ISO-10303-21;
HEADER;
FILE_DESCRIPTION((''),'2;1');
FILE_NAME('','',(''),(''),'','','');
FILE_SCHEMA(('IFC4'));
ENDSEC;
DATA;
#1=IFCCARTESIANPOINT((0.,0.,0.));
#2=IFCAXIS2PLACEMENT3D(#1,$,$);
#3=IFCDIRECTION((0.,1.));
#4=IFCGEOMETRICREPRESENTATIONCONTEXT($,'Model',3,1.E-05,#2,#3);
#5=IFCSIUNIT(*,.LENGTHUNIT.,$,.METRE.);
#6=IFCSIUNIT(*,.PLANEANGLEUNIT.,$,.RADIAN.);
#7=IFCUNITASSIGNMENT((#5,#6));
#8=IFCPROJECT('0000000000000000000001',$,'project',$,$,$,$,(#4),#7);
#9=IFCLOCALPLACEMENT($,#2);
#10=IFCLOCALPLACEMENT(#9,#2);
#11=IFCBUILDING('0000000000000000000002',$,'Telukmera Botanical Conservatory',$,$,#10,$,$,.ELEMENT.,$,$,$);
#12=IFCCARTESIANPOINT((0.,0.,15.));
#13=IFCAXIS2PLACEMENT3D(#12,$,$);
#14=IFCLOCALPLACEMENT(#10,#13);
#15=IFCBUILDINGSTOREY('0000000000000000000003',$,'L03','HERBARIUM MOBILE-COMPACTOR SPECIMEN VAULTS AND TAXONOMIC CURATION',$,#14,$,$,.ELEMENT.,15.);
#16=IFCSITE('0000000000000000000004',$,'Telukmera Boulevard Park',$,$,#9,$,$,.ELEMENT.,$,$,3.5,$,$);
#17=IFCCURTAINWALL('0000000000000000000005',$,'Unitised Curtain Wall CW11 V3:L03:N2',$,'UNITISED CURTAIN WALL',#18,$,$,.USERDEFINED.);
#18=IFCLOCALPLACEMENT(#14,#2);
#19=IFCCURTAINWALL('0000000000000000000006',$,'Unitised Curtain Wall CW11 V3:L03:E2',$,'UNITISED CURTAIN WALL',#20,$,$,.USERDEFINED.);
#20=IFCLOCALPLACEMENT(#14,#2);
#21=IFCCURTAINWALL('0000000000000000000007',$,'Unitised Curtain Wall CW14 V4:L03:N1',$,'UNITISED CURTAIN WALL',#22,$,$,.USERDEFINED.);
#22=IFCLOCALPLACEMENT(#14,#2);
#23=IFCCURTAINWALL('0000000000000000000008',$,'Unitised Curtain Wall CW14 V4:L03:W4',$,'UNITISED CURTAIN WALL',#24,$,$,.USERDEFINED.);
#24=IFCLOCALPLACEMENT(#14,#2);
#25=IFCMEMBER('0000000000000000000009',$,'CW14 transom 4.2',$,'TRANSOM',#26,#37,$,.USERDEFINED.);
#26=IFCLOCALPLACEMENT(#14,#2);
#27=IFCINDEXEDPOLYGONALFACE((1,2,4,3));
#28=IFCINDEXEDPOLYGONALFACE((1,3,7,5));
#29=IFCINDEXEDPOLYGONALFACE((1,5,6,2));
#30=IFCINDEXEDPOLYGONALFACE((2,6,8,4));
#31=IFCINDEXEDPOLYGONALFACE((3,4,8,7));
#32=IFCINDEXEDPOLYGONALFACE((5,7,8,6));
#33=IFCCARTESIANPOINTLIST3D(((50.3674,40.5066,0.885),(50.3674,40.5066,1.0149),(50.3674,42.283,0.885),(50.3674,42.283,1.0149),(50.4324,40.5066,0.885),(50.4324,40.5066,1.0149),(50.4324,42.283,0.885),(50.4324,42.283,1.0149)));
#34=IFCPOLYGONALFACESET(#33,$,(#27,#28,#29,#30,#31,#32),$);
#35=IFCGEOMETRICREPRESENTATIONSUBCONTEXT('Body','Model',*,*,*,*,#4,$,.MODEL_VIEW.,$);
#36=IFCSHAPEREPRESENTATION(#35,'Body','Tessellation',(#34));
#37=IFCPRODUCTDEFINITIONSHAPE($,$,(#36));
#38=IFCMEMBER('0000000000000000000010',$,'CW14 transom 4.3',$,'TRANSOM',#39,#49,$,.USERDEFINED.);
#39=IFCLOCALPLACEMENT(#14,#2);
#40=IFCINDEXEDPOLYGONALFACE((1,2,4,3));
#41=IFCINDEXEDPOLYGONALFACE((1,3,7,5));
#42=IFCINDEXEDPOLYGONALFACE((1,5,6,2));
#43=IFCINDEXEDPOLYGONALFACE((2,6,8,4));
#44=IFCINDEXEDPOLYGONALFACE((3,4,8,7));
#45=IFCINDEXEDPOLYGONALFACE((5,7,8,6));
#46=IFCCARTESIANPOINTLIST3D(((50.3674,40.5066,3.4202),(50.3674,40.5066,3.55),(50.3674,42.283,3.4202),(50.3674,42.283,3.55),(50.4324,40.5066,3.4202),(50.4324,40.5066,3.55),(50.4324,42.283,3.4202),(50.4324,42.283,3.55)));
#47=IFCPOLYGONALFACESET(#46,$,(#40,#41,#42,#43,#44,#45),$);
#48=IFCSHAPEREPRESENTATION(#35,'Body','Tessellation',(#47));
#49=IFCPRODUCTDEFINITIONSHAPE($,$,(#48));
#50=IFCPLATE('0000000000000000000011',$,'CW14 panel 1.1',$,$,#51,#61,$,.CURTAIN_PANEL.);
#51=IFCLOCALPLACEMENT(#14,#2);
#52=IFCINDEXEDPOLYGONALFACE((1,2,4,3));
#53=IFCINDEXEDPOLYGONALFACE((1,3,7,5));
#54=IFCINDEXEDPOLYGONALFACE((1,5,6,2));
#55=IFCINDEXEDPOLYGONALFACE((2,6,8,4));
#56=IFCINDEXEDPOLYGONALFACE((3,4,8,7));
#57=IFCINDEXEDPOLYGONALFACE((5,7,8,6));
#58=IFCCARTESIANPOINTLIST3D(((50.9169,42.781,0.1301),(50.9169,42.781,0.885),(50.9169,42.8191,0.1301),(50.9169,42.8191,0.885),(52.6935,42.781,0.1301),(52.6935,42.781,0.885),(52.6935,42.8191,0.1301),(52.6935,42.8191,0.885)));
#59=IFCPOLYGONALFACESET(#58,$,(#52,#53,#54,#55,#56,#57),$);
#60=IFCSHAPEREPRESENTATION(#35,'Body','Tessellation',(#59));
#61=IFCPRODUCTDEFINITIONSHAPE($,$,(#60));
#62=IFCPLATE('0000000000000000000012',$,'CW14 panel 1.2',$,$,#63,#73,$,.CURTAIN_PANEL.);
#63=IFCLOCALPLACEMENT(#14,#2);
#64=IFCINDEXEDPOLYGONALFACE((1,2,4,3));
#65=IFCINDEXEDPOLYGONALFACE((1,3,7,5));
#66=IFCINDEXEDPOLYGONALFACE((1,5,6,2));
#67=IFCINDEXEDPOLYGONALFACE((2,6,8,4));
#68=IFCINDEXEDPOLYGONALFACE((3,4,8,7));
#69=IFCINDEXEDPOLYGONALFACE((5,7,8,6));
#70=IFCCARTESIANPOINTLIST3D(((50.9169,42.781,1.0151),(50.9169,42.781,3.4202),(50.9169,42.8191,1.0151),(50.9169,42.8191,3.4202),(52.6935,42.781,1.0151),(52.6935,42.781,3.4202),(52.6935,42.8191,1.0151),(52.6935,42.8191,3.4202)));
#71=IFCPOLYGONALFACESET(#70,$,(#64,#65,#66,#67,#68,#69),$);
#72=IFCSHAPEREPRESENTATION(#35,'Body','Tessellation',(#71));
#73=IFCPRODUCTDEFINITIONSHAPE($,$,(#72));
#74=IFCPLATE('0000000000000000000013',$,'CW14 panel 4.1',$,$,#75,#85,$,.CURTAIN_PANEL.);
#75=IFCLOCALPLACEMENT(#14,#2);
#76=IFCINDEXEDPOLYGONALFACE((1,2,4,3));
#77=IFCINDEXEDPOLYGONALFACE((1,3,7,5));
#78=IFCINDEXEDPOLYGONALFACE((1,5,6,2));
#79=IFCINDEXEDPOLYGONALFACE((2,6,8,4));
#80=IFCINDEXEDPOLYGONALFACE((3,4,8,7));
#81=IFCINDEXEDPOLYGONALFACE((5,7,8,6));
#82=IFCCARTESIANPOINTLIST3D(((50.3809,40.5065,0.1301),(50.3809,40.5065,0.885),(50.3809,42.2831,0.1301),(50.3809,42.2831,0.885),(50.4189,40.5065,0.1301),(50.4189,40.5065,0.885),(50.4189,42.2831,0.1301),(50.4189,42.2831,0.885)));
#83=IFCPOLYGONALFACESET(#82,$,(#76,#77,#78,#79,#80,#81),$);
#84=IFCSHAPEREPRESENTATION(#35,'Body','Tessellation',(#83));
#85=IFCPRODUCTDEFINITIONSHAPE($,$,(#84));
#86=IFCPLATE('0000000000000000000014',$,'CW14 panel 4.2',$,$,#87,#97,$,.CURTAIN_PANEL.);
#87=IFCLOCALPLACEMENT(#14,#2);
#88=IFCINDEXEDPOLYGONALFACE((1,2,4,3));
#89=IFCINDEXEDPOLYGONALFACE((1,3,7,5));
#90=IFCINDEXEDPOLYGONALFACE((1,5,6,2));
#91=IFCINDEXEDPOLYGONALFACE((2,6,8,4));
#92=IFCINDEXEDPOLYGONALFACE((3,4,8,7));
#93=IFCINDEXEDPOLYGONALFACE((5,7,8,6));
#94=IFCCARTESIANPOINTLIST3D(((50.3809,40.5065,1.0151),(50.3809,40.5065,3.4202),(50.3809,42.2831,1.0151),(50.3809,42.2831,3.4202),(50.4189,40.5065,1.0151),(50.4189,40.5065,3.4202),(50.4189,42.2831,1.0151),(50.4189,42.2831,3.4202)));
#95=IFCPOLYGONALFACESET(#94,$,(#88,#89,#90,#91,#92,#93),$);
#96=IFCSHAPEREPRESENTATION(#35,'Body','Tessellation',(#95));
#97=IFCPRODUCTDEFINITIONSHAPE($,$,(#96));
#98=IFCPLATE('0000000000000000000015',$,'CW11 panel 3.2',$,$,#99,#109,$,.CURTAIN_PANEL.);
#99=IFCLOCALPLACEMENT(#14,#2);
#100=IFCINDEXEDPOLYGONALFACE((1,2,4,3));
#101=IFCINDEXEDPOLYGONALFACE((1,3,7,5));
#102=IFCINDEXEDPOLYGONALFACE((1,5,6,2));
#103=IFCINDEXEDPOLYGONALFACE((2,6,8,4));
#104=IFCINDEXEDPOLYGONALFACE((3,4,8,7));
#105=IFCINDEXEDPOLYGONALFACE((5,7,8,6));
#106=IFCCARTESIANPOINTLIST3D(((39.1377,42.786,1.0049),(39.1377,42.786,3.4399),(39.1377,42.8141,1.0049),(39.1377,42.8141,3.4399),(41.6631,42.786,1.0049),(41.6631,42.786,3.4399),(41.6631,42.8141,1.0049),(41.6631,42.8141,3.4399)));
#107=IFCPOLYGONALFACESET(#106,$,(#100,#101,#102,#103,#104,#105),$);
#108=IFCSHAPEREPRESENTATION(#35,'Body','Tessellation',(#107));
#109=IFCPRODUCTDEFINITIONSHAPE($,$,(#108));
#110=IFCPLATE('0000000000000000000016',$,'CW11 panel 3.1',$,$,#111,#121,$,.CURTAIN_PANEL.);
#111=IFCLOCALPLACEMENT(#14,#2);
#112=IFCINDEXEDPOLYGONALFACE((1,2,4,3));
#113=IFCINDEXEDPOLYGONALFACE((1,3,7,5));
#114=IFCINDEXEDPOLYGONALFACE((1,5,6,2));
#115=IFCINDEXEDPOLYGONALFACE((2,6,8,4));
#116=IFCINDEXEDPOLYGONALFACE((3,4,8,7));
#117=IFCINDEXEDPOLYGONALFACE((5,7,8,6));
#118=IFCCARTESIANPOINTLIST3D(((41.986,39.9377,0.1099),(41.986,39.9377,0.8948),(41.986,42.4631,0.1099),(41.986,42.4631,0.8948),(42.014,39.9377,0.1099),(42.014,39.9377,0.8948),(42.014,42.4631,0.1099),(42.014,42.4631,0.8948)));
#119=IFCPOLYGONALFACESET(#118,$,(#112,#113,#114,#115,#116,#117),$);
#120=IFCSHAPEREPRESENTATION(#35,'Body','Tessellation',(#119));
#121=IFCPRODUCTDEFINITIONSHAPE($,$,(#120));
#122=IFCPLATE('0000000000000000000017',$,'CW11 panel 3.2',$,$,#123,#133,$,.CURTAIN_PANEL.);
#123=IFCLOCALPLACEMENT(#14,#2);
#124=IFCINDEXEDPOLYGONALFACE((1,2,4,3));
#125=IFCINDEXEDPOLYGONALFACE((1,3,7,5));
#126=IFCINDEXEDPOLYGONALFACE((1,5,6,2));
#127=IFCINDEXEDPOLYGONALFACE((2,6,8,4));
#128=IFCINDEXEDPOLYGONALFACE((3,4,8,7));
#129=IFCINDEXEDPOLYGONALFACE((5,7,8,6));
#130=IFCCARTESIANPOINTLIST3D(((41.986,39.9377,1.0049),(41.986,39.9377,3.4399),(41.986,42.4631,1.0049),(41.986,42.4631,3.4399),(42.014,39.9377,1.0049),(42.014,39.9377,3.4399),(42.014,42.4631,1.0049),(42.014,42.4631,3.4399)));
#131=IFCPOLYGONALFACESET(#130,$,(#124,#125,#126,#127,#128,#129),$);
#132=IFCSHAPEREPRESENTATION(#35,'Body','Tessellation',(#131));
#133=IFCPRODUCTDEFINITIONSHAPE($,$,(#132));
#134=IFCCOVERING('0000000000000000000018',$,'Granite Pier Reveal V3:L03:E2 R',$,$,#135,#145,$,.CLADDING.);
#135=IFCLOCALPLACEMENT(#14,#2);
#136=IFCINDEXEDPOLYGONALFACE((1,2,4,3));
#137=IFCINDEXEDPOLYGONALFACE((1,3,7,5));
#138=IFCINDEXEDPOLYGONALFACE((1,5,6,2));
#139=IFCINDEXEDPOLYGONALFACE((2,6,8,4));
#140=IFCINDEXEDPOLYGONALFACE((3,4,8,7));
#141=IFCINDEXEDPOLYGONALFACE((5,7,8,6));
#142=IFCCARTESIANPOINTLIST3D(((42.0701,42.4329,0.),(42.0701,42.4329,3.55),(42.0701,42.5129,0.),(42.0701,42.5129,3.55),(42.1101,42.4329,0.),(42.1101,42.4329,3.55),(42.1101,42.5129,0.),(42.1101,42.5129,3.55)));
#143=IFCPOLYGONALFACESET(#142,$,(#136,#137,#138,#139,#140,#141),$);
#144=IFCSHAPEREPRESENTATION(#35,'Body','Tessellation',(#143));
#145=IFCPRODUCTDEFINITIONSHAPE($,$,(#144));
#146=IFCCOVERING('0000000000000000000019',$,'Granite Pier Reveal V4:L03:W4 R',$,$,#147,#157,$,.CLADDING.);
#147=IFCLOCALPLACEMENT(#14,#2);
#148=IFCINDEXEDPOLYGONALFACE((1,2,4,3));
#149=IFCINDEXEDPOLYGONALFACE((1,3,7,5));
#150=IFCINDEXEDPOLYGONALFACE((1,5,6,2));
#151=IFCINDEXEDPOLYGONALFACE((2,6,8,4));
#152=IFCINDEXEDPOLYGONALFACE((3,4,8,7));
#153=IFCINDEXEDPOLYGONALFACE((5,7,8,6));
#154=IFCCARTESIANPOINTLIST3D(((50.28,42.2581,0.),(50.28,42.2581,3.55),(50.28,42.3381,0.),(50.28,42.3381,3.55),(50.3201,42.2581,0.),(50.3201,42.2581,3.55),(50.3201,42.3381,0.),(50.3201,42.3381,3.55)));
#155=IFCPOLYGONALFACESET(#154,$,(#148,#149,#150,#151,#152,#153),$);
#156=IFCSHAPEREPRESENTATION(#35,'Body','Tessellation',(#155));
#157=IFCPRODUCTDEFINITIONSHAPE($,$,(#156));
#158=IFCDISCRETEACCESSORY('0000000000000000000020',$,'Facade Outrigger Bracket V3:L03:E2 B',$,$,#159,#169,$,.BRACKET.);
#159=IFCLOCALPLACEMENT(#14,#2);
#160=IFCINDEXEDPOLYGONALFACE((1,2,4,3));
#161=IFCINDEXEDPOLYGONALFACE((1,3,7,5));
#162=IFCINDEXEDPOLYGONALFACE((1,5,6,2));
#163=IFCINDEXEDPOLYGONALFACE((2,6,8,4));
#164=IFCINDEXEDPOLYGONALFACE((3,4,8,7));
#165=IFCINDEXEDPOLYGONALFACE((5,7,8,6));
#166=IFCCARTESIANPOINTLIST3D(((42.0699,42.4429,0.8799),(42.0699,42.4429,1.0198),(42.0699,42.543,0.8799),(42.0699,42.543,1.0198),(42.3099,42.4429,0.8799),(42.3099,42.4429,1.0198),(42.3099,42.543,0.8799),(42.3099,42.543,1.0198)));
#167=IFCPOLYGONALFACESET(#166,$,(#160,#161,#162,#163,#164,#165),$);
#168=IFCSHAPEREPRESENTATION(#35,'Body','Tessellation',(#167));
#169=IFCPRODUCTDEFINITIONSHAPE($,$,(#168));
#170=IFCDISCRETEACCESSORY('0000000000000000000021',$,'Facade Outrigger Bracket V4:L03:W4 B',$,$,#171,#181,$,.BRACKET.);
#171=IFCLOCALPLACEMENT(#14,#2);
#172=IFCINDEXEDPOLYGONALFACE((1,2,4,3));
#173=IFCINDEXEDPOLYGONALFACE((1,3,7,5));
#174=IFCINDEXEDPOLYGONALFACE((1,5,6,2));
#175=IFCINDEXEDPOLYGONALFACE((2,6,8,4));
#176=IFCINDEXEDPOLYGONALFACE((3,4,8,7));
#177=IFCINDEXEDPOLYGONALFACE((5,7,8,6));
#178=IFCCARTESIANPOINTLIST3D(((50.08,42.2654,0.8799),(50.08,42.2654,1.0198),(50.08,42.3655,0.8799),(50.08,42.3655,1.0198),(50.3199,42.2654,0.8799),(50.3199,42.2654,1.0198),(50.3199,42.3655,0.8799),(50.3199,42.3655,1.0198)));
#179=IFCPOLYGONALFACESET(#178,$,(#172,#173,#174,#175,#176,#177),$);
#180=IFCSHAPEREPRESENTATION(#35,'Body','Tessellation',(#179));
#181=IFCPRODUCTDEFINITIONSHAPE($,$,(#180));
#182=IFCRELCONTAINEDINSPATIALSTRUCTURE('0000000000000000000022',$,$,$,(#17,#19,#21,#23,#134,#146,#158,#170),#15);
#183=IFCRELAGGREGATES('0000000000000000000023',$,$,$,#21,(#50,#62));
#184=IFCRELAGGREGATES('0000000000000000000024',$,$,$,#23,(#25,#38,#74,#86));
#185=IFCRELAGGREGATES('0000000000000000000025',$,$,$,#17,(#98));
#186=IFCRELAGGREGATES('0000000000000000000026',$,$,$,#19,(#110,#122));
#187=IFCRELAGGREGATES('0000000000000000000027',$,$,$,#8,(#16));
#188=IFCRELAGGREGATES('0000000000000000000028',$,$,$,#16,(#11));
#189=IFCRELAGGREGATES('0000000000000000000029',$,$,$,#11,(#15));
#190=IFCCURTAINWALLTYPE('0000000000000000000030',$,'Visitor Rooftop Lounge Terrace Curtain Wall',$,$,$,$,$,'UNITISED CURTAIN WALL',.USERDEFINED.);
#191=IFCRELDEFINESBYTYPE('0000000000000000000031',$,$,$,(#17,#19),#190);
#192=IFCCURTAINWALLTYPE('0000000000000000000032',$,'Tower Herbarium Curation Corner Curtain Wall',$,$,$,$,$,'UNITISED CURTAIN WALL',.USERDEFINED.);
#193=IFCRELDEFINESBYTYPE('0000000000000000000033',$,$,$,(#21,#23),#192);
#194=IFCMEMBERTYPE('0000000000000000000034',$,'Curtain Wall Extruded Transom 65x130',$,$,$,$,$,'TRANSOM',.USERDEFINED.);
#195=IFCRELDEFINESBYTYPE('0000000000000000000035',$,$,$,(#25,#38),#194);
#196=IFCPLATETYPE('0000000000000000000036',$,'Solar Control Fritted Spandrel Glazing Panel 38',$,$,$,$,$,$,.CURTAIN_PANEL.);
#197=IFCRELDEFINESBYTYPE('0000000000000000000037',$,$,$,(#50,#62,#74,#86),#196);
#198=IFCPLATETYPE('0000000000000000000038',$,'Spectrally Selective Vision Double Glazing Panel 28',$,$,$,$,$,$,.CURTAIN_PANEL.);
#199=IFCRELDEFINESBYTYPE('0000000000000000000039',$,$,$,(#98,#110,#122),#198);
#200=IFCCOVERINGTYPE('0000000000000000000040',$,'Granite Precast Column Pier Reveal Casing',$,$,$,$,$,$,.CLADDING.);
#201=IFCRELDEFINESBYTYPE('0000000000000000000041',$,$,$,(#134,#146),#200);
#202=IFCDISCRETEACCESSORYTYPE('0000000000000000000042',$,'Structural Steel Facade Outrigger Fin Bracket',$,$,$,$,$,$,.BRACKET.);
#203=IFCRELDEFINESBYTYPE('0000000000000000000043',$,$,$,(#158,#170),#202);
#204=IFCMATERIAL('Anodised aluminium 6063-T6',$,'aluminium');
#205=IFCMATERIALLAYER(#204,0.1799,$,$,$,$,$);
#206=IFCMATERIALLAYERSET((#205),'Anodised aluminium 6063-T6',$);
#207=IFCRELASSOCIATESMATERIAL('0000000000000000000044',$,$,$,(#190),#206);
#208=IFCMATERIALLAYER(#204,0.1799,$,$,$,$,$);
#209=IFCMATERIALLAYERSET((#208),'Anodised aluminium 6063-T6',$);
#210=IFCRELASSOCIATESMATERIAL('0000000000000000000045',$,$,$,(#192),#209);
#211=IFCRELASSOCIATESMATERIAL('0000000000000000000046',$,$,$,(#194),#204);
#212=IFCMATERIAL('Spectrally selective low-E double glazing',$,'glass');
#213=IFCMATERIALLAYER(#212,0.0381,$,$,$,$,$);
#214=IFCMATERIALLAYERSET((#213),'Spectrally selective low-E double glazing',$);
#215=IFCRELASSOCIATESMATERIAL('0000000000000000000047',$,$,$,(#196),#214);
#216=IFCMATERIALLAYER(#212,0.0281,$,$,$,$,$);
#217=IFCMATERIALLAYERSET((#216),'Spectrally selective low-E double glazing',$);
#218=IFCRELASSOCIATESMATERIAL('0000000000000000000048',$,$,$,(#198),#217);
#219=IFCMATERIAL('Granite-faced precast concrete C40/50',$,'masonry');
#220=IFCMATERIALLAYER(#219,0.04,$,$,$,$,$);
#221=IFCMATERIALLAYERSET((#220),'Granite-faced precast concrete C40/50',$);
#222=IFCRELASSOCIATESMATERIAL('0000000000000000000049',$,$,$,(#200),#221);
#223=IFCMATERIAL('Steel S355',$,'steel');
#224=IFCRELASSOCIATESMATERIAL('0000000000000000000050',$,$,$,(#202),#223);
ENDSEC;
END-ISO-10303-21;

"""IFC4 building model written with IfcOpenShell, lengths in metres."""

from ifc_helpers import new_model, si_unit, direction, frame, origin, origin_2d, place, context, subcontext, project, spatial, rectangle, extrude, material, layer, layer_set, material_profile, profile_set, type_object, element, aggregate, save


model = new_model("IFC4")

# Units and contexts
model_context = context("Model", 3, precision=1e-05, world=origin(), true_north=direction((0.0, 1.0)))
body_context = subcontext(model_context, "Body", "Model", "MODEL_VIEW")
ifc_project = project(units=[si_unit("LENGTHUNIT", "METRE"), si_unit("PLANEANGLEUNIT", "RADIAN")], contexts=[model_context])

# Site, building, storey
site_placement = place(None, origin())
site = spatial("IfcSite", under=ifc_project, at=site_placement, Name="Telukmera Boulevard Park", CompositionType="ELEMENT", RefElevation=3.5)
building_placement = place(site_placement, origin())
building = spatial("IfcBuilding", under=site, at=building_placement, Name="Telukmera Botanical Conservatory", CompositionType="ELEMENT")
storey_placement = place(building_placement, frame((0.0, 0.0, 15.0)))
storey = spatial("IfcBuildingStorey", under=building, at=storey_placement, Name="L03", Description="HERBARIUM MOBILE-COMPACTOR SPECIMEN VAULTS AND TAXONOMIC CURATION", CompositionType="ELEMENT", Elevation=15.0)

# Curtain walls
ifc_material_1 = material(Name="Anodised aluminium 6063-T6", Category="aluminium")
ifc_layer_1 = layer(ifc_material_1, 0.1799)
ifc_layer_set_1 = layer_set([ifc_layer_1], Name="Anodised aluminium 6063-T6")
curtain_wall_type_1 = type_object("IfcCurtainWallType", Name="Visitor Rooftop Lounge Terrace Curtain Wall", ElementType="UNITISED CURTAIN WALL", PredefinedType="USERDEFINED", material=ifc_layer_set_1)
curtain_wall_1_placement = place(storey_placement, origin())
curtain_wall_1 = element("IfcCurtainWall", 1, at=curtain_wall_1_placement, inside=storey, type_object=curtain_wall_type_1, Name="Unitised Curtain Wall CW11 V3:L03:N2", ObjectType="UNITISED CURTAIN WALL", PredefinedType="USERDEFINED")
curtain_wall_2_placement = place(storey_placement, origin())
curtain_wall_2 = element("IfcCurtainWall", 2, at=curtain_wall_2_placement, inside=storey, type_object=curtain_wall_type_1, Name="Unitised Curtain Wall CW11 V3:L03:E2", ObjectType="UNITISED CURTAIN WALL", PredefinedType="USERDEFINED")

# Curtain wall
ifc_layer_2 = layer(ifc_material_1, 0.1799)
ifc_layer_set_2 = layer_set([ifc_layer_2], Name="Anodised aluminium 6063-T6")
curtain_wall_type_2 = type_object("IfcCurtainWallType", Name="Tower Herbarium Curation Corner Curtain Wall", ElementType="UNITISED CURTAIN WALL", PredefinedType="USERDEFINED", material=ifc_layer_set_2)
curtain_wall_3_placement = place(storey_placement, origin())
curtain_wall_3 = element("IfcCurtainWall", 3, at=curtain_wall_3_placement, inside=storey, type_object=curtain_wall_type_2, Name="Unitised Curtain Wall CW14 V4:L03:N1", ObjectType="UNITISED CURTAIN WALL", PredefinedType="USERDEFINED")

# Curtain wall
curtain_wall_4_placement = place(storey_placement, origin())
curtain_wall_4 = element("IfcCurtainWall", 4, at=curtain_wall_4_placement, inside=storey, type_object=curtain_wall_type_2, Name="Unitised Curtain Wall CW14 V4:L03:W4", ObjectType="UNITISED CURTAIN WALL", PredefinedType="USERDEFINED")

# Members
ifc_material_profile_1 = material_profile(ifc_material_1, rectangle(XDim=0.0649, YDim=0.1299, at=origin_2d()), Name="ALU TRAN 65x130")
ifc_profile_set_1 = profile_set([ifc_material_profile_1], Name="Anodised aluminium 6063-T6")
member_type_1 = type_object("IfcMemberType", Name="Curtain Wall Extruded Transom 65x130", ElementType="TRANSOM", PredefinedType="USERDEFINED", material=ifc_profile_set_1)
member_1_placement = place(storey_placement, frame((50.3999, 40.5066, 0.95), z_axis=(0.0, 1.0, 0.0), x_axis=(-1.0, 0.0, 0.0)))
member_1 = element("IfcMember", 5, at=member_1_placement, type_object=member_type_1, Name="CW14 transom 4.2", ObjectType="TRANSOM", PredefinedType="USERDEFINED", context=body_context, shape_type="SweptSolid", body=[
    extrude(rectangle(XDim=0.0649, YDim=0.1299, at=origin_2d()), origin(), (0.0, 0.0, 1.0), 1.7764),
])
member_2_placement = place(storey_placement, frame((50.3999, 40.5066, 3.4851), z_axis=(0.0, 1.0, 0.0), x_axis=(-1.0, 0.0, 0.0)))
member_2 = element("IfcMember", 6, at=member_2_placement, type_object=member_type_1, Name="CW14 transom 4.3", ObjectType="TRANSOM", PredefinedType="USERDEFINED", context=body_context, shape_type="SweptSolid", body=[
    extrude(rectangle(XDim=0.0649, YDim=0.1299, at=origin_2d()), origin(), (0.0, 0.0, 1.0), 1.7764),
])

# Plates
ifc_material_2 = material(Name="Spectrally selective low-E double glazing", Category="glass")
ifc_layer_3 = layer(ifc_material_2, 0.0381)
ifc_layer_set_3 = layer_set([ifc_layer_3], Name="Spectrally selective low-E double glazing")
plate_type_1 = type_object("IfcPlateType", Name="Solar Control Fritted Spandrel Glazing Panel 38", PredefinedType="CURTAIN_PANEL", material=ifc_layer_set_3)
plate_1_placement = place(storey_placement, frame((51.8052, 42.8, 0.1301), z_axis=(0.0, 0.0, 1.0), x_axis=(1.0, 0.0, 0.0)))
plate_1 = element("IfcPlate", 7, at=plate_1_placement, type_object=plate_type_1, Name="CW14 panel 1.1", PredefinedType="CURTAIN_PANEL", context=body_context, shape_type="SweptSolid", body=[
    extrude(rectangle(XDim=1.7766, YDim=0.0381, at=origin_2d()), origin(), (0.0, 0.0, 1.0), 0.7549),
])
plate_2_placement = place(storey_placement, frame((51.8052, 42.8, 1.0151), z_axis=(0.0, 0.0, 1.0), x_axis=(1.0, 0.0, 0.0)))
plate_2 = element("IfcPlate", 8, at=plate_2_placement, type_object=plate_type_1, Name="CW14 panel 1.2", PredefinedType="CURTAIN_PANEL", context=body_context, shape_type="SweptSolid", body=[
    extrude(rectangle(XDim=1.7766, YDim=0.0381, at=origin_2d()), origin(), (0.0, 0.0, 1.0), 2.405),
])
aggregate(curtain_wall_3, [plate_1, plate_2])
plate_3_placement = place(storey_placement, frame((50.3999, 41.3948, 0.1301), z_axis=(0.0, 0.0, 1.0), x_axis=(0.0, 1.0, 0.0)))
plate_3 = element("IfcPlate", 9, at=plate_3_placement, type_object=plate_type_1, Name="CW14 panel 4.1", PredefinedType="CURTAIN_PANEL", context=body_context, shape_type="SweptSolid", body=[
    extrude(rectangle(XDim=1.7766, YDim=0.0381, at=origin_2d()), origin(), (0.0, 0.0, 1.0), 0.7549),
])
plate_4_placement = place(storey_placement, frame((50.3999, 41.3948, 1.0151), z_axis=(0.0, 0.0, 1.0), x_axis=(0.0, 1.0, 0.0)))
plate_4 = element("IfcPlate", 10, at=plate_4_placement, type_object=plate_type_1, Name="CW14 panel 4.2", PredefinedType="CURTAIN_PANEL", context=body_context, shape_type="SweptSolid", body=[
    extrude(rectangle(XDim=1.7766, YDim=0.0381, at=origin_2d()), origin(), (0.0, 0.0, 1.0), 2.405),
])
aggregate(curtain_wall_4, [member_1, member_2, plate_3, plate_4])
ifc_layer_4 = layer(ifc_material_2, 0.0281)
ifc_layer_set_4 = layer_set([ifc_layer_4], Name="Spectrally selective low-E double glazing")
plate_type_2 = type_object("IfcPlateType", Name="Spectrally Selective Vision Double Glazing Panel 28", PredefinedType="CURTAIN_PANEL", material=ifc_layer_set_4)
plate_5_placement = place(storey_placement, frame((40.4004, 42.8, 1.0049), z_axis=(0.0, 0.0, 1.0), x_axis=(1.0, 0.0, 0.0)))
plate_5 = element("IfcPlate", 11, at=plate_5_placement, type_object=plate_type_2, Name="CW11 panel 3.2", PredefinedType="CURTAIN_PANEL", context=body_context, shape_type="SweptSolid", body=[
    extrude(rectangle(XDim=2.5254, YDim=0.0281, at=origin_2d()), origin(), (0.0, 0.0, 1.0), 2.4351),
])
aggregate(curtain_wall_1, [plate_5])
plate_6_placement = place(storey_placement, frame((42.0, 41.2004, 0.1099), z_axis=(0.0, 0.0, 1.0), x_axis=(0.0, 1.0, 0.0)))
plate_6 = element("IfcPlate", 12, at=plate_6_placement, type_object=plate_type_2, Name="CW11 panel 3.1", PredefinedType="CURTAIN_PANEL", context=body_context, shape_type="SweptSolid", body=[
    extrude(rectangle(XDim=2.5254, YDim=0.0281, at=origin_2d()), origin(), (0.0, 0.0, 1.0), 0.7849),
])
plate_7_placement = place(storey_placement, frame((42.0, 41.2004, 1.0049), z_axis=(0.0, 0.0, 1.0), x_axis=(0.0, 1.0, 0.0)))
plate_7 = element("IfcPlate", 13, at=plate_7_placement, type_object=plate_type_2, Name="CW11 panel 3.2", PredefinedType="CURTAIN_PANEL", context=body_context, shape_type="SweptSolid", body=[
    extrude(rectangle(XDim=2.5254, YDim=0.0281, at=origin_2d()), origin(), (0.0, 0.0, 1.0), 2.4351),
])
aggregate(curtain_wall_2, [plate_6, plate_7])

# Coverings
ifc_material_3 = material(Name="Granite-faced precast concrete C40/50", Category="masonry")
ifc_layer_5 = layer(ifc_material_3, 0.04)
ifc_layer_set_5 = layer_set([ifc_layer_5], Name="Granite-faced precast concrete C40/50")
covering_type = type_object("IfcCoveringType", Name="Granite Precast Column Pier Reveal Casing", PredefinedType="CLADDING", material=ifc_layer_set_5)
for number, where, z_axis, x_axis, name in (
    (14, (42.0901, 42.4729, 0.0), (0.0, 0.0, 1.0), (0.0, 1.0, 0.0), "Granite Pier Reveal V3:L03:E2 R"),
    (15, (50.3, 42.2981, 0.0), (0.0, 0.0, 1.0), (0.0, 1.0, 0.0), "Granite Pier Reveal V4:L03:W4 R"),
):
    element("IfcCovering", number, at=place(storey_placement, frame(where, z_axis=z_axis, x_axis=x_axis)), inside=storey, type_object=covering_type, Name=name, PredefinedType="CLADDING", context=body_context, shape_type="SweptSolid", body=[
        extrude(rectangle(XDim=0.0801, YDim=0.04, at=origin_2d()), origin(), (0.0, 0.0, 1.0), 3.55),
    ])

# Discrete accessories
ifc_material_4 = material(Name="Steel S355", Category="steel")
discrete_accessory_type = type_object("IfcDiscreteAccessoryType", Name="Structural Steel Facade Outrigger Fin Bracket", PredefinedType="BRACKET", material=ifc_material_4)
for number, where, z_axis, x_axis, name in (
    (16, (42.1899, 42.4929, 0.8799), (0.0, 0.0, 1.0), (0.0, 1.0, 0.0), "Facade Outrigger Bracket V3:L03:E2 B"),
    (17, (50.2, 42.3154, 0.8799), (0.0, 0.0, 1.0), (0.0, 1.0, 0.0), "Facade Outrigger Bracket V4:L03:W4 B"),
):
    element("IfcDiscreteAccessory", number, at=place(storey_placement, frame(where, z_axis=z_axis, x_axis=x_axis)), inside=storey, type_object=discrete_accessory_type, Name=name, PredefinedType="BRACKET", context=body_context, shape_type="SweptSolid", body=[
        extrude(rectangle(XDim=0.1001, YDim=0.24, at=origin_2d()), origin(), (0.0, 0.0, 1.0), 0.1399),
    ])

save(model, "model.ifc")
